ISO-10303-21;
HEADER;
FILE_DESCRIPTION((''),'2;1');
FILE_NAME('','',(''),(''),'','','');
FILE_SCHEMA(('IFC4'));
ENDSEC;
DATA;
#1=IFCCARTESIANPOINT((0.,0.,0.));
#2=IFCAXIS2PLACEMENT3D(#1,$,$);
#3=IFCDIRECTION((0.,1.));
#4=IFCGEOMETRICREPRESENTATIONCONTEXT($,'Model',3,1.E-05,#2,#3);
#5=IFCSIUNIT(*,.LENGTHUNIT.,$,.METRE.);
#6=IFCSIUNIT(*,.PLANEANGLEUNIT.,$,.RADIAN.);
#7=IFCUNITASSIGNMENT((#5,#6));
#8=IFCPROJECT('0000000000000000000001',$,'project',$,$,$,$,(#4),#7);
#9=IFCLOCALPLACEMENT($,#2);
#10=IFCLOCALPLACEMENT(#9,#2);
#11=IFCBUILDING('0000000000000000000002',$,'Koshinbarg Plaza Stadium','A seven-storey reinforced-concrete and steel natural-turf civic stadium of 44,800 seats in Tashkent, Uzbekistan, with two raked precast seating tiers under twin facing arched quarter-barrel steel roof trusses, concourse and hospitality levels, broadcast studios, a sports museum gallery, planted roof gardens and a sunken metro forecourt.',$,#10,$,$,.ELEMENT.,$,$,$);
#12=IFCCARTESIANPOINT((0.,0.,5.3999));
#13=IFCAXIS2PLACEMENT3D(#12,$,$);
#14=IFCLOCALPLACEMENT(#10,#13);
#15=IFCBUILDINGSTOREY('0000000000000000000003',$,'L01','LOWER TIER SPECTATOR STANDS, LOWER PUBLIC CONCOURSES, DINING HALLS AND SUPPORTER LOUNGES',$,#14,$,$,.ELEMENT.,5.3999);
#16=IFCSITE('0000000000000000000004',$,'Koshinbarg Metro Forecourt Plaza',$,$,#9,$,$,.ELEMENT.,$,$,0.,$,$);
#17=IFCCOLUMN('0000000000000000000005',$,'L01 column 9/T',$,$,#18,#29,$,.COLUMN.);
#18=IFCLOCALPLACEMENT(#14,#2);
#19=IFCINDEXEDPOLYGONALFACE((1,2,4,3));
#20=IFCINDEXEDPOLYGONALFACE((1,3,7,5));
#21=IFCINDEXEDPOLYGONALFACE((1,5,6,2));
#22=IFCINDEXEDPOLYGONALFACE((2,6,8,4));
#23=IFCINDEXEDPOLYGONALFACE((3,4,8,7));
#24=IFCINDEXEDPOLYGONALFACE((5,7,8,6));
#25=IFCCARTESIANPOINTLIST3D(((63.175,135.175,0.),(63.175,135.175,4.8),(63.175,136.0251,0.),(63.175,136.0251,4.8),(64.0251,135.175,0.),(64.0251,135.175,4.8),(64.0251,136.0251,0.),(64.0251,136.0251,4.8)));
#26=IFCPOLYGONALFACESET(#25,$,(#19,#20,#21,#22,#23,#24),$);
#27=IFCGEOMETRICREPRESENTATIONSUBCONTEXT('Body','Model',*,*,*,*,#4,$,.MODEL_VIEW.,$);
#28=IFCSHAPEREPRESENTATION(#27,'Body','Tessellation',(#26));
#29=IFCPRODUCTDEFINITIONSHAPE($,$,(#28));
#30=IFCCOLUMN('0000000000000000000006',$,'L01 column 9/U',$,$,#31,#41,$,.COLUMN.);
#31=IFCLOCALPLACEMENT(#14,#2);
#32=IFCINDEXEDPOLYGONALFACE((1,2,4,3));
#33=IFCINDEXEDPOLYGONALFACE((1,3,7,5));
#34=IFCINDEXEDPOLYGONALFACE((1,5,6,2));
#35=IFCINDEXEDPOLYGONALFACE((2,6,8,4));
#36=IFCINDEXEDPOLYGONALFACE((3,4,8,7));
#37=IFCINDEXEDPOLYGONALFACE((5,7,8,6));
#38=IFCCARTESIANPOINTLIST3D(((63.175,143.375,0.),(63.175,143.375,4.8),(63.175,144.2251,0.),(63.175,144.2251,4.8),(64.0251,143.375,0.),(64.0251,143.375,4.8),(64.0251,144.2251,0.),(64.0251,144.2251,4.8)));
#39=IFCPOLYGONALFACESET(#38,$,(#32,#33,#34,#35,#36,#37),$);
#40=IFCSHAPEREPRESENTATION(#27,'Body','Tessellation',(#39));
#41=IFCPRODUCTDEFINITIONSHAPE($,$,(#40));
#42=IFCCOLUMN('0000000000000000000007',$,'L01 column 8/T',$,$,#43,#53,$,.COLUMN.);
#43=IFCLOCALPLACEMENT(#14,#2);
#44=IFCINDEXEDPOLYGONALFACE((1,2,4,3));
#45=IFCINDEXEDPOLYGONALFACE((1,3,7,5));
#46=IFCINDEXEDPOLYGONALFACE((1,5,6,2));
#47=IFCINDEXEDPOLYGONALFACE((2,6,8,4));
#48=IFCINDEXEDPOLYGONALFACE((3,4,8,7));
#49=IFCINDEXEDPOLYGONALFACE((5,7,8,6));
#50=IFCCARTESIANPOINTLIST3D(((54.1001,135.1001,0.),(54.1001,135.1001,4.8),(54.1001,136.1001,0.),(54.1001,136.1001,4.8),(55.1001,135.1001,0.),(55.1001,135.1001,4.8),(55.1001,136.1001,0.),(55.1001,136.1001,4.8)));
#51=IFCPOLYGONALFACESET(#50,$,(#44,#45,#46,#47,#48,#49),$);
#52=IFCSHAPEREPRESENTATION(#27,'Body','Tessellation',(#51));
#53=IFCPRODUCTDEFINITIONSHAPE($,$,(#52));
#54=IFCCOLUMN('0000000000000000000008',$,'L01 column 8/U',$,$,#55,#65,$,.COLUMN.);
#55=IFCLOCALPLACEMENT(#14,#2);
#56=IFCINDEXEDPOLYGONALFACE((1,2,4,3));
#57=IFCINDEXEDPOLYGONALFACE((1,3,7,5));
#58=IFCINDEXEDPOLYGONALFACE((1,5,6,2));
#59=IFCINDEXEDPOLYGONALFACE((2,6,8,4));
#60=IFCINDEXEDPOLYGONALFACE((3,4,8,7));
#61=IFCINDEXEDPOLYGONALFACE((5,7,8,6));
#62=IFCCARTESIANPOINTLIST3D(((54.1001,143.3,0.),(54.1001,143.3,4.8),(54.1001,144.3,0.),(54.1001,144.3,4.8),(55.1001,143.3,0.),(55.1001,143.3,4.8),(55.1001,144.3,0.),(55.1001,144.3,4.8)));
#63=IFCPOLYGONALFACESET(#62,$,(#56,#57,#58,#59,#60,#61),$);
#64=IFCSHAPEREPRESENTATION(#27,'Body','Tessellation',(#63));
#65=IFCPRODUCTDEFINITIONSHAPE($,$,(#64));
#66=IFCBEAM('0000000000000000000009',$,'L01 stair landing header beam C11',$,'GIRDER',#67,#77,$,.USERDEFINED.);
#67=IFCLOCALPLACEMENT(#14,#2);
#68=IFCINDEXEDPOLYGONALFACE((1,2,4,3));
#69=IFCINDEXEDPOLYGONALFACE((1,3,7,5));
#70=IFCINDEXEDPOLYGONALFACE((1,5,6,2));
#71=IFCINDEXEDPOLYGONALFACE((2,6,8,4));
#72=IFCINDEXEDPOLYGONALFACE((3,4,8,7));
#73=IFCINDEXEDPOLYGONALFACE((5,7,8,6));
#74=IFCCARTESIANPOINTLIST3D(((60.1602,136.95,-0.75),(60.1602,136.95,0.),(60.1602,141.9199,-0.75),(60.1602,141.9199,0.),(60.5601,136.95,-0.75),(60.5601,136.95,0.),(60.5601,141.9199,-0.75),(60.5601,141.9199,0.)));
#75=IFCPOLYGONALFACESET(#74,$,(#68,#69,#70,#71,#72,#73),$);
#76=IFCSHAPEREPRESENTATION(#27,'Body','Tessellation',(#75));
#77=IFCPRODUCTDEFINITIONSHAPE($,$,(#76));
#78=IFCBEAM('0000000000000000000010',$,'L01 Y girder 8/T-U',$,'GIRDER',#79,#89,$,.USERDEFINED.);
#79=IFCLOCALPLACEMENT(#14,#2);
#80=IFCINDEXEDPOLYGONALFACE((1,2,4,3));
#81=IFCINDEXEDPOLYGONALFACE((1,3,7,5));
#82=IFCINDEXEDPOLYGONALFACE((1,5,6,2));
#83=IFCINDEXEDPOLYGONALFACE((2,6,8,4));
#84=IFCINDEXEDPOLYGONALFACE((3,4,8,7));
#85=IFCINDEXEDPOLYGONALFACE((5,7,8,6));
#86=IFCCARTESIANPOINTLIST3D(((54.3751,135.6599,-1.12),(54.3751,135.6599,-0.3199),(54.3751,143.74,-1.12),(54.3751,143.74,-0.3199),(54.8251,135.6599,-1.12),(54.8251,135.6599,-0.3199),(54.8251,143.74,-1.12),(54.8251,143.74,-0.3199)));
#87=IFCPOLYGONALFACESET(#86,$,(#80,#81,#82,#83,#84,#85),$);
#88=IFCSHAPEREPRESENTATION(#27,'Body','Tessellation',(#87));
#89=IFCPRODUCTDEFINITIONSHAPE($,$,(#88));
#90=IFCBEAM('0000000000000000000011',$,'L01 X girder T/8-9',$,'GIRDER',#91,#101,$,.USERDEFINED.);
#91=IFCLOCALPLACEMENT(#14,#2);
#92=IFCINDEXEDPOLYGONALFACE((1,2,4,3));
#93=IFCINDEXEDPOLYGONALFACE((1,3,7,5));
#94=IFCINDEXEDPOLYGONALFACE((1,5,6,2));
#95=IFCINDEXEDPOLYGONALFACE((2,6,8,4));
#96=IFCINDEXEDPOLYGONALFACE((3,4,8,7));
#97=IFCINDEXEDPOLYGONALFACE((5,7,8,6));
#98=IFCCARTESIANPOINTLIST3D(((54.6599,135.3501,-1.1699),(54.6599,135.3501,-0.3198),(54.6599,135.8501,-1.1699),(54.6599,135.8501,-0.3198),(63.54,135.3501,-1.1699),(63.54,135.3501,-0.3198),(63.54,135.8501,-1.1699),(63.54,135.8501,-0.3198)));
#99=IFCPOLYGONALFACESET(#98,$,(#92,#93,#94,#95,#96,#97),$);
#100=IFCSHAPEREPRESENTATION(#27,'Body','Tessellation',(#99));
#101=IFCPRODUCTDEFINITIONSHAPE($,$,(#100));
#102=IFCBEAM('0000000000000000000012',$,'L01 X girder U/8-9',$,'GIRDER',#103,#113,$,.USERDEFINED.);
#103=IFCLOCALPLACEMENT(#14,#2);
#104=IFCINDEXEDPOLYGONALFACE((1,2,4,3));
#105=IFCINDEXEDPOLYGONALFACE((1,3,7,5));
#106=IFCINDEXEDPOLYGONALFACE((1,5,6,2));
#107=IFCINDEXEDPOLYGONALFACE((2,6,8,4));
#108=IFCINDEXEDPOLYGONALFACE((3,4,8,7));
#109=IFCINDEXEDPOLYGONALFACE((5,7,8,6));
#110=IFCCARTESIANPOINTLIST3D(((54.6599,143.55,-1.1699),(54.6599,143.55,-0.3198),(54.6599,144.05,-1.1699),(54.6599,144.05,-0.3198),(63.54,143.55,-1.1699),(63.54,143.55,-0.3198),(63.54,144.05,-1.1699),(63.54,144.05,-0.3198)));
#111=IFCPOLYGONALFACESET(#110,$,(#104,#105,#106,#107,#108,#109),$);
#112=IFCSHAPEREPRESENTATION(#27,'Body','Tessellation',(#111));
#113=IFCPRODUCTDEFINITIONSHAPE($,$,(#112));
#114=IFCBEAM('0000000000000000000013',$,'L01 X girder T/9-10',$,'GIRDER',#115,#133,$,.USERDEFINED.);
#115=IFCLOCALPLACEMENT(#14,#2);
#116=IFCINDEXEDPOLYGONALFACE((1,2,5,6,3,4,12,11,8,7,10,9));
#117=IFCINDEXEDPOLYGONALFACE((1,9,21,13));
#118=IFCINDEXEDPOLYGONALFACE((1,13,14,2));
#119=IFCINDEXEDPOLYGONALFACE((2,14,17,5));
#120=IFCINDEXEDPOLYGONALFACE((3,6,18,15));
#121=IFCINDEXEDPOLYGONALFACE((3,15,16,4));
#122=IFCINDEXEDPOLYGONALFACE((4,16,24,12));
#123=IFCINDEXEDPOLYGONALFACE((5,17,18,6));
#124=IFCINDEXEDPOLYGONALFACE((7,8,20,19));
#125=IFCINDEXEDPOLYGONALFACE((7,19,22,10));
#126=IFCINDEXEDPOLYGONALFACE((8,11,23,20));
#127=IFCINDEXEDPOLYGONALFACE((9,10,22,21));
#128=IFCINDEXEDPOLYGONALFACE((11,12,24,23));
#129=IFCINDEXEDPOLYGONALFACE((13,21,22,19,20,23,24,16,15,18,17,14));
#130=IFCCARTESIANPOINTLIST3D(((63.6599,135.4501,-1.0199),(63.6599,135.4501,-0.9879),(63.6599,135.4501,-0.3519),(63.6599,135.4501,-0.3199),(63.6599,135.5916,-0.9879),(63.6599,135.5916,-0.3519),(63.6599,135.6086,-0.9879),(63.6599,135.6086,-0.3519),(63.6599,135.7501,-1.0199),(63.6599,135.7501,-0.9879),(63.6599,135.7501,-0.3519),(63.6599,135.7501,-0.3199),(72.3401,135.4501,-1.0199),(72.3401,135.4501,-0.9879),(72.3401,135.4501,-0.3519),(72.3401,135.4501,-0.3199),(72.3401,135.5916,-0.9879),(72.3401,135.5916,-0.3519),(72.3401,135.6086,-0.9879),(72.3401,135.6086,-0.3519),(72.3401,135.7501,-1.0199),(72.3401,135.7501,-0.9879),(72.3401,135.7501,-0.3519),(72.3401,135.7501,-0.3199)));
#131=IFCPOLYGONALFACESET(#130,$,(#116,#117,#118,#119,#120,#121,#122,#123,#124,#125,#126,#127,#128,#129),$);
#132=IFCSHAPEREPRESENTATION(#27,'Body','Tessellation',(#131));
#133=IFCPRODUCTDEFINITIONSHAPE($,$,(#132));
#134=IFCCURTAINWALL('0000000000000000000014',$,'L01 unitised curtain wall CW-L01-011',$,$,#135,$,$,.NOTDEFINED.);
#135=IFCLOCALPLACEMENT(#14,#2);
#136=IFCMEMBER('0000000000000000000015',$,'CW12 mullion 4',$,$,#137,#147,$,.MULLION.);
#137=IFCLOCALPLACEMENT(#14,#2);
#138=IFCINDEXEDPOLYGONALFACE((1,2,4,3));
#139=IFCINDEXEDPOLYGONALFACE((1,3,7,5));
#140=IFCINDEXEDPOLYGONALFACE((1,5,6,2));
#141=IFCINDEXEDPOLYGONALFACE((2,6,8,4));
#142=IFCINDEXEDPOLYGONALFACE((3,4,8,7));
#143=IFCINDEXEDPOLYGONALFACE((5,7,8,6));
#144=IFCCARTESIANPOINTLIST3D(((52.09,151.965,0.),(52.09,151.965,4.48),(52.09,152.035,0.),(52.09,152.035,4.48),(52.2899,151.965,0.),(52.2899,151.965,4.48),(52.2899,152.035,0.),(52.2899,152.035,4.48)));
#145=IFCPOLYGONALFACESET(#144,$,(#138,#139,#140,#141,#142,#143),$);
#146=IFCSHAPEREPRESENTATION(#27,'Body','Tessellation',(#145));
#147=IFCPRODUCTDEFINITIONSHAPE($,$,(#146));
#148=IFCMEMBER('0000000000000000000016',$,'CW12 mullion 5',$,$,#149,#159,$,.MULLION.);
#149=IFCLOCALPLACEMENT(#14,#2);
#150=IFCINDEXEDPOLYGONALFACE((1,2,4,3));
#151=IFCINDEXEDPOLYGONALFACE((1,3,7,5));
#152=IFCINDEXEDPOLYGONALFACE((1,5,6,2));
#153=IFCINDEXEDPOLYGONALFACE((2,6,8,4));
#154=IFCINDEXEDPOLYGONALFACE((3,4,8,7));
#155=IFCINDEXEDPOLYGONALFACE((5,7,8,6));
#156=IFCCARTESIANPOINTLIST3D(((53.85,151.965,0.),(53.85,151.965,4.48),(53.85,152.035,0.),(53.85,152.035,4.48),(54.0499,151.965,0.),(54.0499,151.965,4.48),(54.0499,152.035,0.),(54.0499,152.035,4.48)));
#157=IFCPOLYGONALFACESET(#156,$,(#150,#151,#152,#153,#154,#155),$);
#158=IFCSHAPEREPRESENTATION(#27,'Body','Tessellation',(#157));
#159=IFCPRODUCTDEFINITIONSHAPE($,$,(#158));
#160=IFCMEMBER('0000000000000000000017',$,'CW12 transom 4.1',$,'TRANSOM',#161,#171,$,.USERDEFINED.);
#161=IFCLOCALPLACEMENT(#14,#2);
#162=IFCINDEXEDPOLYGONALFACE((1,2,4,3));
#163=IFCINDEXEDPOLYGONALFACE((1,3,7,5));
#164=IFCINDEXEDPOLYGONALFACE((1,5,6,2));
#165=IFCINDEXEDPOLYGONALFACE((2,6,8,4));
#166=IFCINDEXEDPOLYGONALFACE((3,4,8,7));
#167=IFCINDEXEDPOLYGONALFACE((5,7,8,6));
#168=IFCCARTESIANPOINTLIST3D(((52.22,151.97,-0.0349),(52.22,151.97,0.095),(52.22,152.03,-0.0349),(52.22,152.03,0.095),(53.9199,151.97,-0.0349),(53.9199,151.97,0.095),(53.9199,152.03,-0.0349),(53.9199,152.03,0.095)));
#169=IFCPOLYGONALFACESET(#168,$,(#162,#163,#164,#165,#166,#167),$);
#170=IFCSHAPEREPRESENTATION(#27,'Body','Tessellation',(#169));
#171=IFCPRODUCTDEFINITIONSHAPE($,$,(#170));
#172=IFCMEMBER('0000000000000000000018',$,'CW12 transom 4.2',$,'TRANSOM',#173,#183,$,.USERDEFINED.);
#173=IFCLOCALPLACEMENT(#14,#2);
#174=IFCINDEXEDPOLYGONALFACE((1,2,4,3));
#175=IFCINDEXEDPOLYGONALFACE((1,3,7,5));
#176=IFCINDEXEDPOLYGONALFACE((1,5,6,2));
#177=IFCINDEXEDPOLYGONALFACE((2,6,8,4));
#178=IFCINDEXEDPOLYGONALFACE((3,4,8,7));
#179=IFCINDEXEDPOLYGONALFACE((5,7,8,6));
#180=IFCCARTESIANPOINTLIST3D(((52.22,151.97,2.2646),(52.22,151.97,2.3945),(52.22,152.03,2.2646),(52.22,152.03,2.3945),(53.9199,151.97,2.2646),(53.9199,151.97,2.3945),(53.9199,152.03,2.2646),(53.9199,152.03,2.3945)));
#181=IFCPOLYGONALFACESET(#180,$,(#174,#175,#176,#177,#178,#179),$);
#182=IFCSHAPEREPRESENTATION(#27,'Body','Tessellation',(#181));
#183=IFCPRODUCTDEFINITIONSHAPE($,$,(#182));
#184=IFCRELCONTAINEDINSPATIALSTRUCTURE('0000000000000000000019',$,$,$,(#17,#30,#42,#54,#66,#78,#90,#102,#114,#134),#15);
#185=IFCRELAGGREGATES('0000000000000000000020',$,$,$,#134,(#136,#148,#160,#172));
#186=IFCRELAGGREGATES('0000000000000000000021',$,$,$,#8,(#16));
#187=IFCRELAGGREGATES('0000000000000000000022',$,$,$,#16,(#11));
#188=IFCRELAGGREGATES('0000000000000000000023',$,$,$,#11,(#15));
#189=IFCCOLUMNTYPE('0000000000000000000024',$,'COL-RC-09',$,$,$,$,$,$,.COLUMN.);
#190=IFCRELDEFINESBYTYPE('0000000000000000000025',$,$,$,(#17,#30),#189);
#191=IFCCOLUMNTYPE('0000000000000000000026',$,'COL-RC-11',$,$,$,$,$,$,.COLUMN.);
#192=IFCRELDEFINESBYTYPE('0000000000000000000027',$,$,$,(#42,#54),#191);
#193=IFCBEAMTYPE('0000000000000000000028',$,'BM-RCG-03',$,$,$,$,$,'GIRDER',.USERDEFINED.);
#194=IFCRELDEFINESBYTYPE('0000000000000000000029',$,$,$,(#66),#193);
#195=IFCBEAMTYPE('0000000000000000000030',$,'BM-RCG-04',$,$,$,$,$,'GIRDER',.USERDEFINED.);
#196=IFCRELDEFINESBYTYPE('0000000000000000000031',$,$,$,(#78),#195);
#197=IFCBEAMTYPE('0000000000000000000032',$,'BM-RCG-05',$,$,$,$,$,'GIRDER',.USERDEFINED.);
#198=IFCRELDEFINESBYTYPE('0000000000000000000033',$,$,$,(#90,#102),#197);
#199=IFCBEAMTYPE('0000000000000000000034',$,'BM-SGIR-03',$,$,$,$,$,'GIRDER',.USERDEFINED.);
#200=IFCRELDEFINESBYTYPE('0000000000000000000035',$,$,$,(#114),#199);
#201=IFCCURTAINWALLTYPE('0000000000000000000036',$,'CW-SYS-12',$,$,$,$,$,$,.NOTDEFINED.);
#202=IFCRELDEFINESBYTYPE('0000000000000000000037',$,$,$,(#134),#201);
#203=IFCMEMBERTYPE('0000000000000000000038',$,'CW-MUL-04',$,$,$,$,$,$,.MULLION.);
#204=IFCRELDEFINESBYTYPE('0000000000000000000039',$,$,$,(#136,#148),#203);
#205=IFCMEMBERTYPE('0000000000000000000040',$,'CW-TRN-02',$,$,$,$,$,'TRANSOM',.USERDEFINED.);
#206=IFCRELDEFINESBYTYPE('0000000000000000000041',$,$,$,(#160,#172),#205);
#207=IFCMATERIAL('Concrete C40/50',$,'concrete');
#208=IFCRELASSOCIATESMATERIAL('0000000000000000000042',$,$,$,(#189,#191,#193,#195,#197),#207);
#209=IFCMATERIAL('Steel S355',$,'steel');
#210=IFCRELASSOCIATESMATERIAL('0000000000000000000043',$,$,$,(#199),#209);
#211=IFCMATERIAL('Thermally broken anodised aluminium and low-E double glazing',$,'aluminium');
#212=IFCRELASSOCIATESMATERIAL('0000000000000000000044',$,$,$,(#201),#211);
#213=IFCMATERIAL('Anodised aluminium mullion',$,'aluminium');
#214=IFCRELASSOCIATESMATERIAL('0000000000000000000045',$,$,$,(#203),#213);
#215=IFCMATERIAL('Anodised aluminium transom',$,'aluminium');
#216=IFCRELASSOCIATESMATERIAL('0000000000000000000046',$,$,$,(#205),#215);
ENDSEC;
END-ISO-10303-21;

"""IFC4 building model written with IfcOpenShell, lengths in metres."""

from ifc_helpers import new_model, si_unit, direction, frame, origin, origin_2d, place, context, subcontext, project, spatial, rectangle, i_section, extrude, material, material_profile, profile_set, type_object, element, aggregate, save


model = new_model("IFC4")

# Units and contexts
model_context = context("Model", 3, precision=1e-05, world=origin(), true_north=direction((0.0, 1.0)))
body_context = subcontext(model_context, "Body", "Model", "MODEL_VIEW")
ifc_project = project(units=[si_unit("LENGTHUNIT", "METRE"), si_unit("PLANEANGLEUNIT", "RADIAN")], contexts=[model_context])

# Site, building, storey
site_placement = place(None, origin())
site = spatial("IfcSite", under=ifc_project, at=site_placement, Name="Koshinbarg Metro Forecourt Plaza", CompositionType="ELEMENT", RefElevation=0.0)
building_placement = place(site_placement, origin())
building = spatial("IfcBuilding", under=site, at=building_placement, Name="Koshinbarg Plaza Stadium", Description="A seven-storey reinforced-concrete and steel natural-turf civic stadium of 44,800 seats in Tashkent, Uzbekistan, with two raked precast seating tiers under twin facing arched quarter-barrel steel roof trusses, concourse and hospitality levels, broadcast studios, a sports museum gallery, planted roof gardens and a sunken metro forecourt.", CompositionType="ELEMENT")
storey_placement = place(building_placement, frame((0.0, 0.0, 5.3999)))
storey = spatial("IfcBuildingStorey", under=building, at=storey_placement, Name="L01", Description="LOWER TIER SPECTATOR STANDS, LOWER PUBLIC CONCOURSES, DINING HALLS AND SUPPORTER LOUNGES", CompositionType="ELEMENT", Elevation=5.3999)

# Columns
ifc_material_1 = material(Name="Concrete C40/50", Category="concrete")
ifc_material_profile_1 = material_profile(ifc_material_1, rectangle(XDim=0.8501, YDim=0.8501, at=origin_2d()), Name="RC 850x850")
ifc_profile_set_1 = profile_set([ifc_material_profile_1], Name="Concrete C40/50")
column_type_1 = type_object("IfcColumnType", Name="COL-RC-09", PredefinedType="COLUMN", material=ifc_profile_set_1)
for number, where, z_axis, x_axis, name in (
    (1, (63.6001, 135.6001, 0.0), (0.0, 0.0, 1.0), (1.0, 0.0, 0.0), "L01 column 9/T"),
    (2, (63.6001, 143.8, 0.0), (0.0, 0.0, 1.0), (1.0, 0.0, 0.0), "L01 column 9/U"),
):
    element("IfcColumn", number, at=place(storey_placement, frame(where, z_axis=z_axis, x_axis=x_axis)), inside=storey, type_object=column_type_1, Name=name, PredefinedType="COLUMN", context=body_context, shape_type="SweptSolid", body=[
        extrude(rectangle(XDim=0.8501, YDim=0.8501, at=origin_2d()), origin(), (0.0, 0.0, 1.0), 4.8),
    ])
ifc_material_profile_2 = material_profile(ifc_material_1, rectangle(XDim=1.0, YDim=1.0, at=origin_2d()), Name="RC 1000x1000")
ifc_profile_set_2 = profile_set([ifc_material_profile_2], Name="Concrete C40/50")
column_type_2 = type_object("IfcColumnType", Name="COL-RC-11", PredefinedType="COLUMN", material=ifc_profile_set_2)
for number, where, z_axis, x_axis, name in (
    (3, (54.6001, 135.6001, 0.0), (0.0, 0.0, 1.0), (1.0, 0.0, 0.0), "L01 column 8/T"),
    (4, (54.6001, 143.8, 0.0), (0.0, 0.0, 1.0), (1.0, 0.0, 0.0), "L01 column 8/U"),
):
    element("IfcColumn", number, at=place(storey_placement, frame(where, z_axis=z_axis, x_axis=x_axis)), inside=storey, type_object=column_type_2, Name=name, PredefinedType="COLUMN", context=body_context, shape_type="SweptSolid", body=[
        extrude(rectangle(XDim=1.0, YDim=1.0, at=origin_2d()), origin(), (0.0, 0.0, 1.0), 4.8),
    ])

# Beams
ifc_material_profile_3 = material_profile(ifc_material_1, rectangle(XDim=0.3999, YDim=0.75, at=origin_2d()), Name="RC 400x750")
ifc_profile_set_3 = profile_set([ifc_material_profile_3], Name="Concrete C40/50")
beam_type_1 = type_object("IfcBeamType", Name="BM-RCG-03", ElementType="GIRDER", PredefinedType="USERDEFINED", material=ifc_profile_set_3)
beam_1_placement = place(storey_placement, frame((60.3601, 136.95, -0.375), z_axis=(0.0, 1.0, 0.0), x_axis=(-1.0, 0.0, 0.0)))
element("IfcBeam", 5, at=beam_1_placement, inside=storey, type_object=beam_type_1, Name="L01 stair landing header beam C11", ObjectType="GIRDER", PredefinedType="USERDEFINED", context=body_context, shape_type="SweptSolid", body=[
    extrude(rectangle(XDim=0.3999, YDim=0.75, at=origin_2d()), origin(), (0.0, 0.0, 1.0), 4.97),
])
ifc_material_profile_4 = material_profile(ifc_material_1, rectangle(XDim=0.45, YDim=0.8, at=origin_2d()), Name="RC 450x800")
ifc_profile_set_4 = profile_set([ifc_material_profile_4], Name="Concrete C40/50")
beam_type_2 = type_object("IfcBeamType", Name="BM-RCG-04", ElementType="GIRDER", PredefinedType="USERDEFINED", material=ifc_profile_set_4)
beam_2_placement = place(storey_placement, frame((54.6001, 135.6599, -0.72), z_axis=(0.0, 1.0, 0.0), x_axis=(-1.0, 0.0, 0.0)))
element("IfcBeam", 6, at=beam_2_placement, inside=storey, type_object=beam_type_2, Name="L01 Y girder 8/T-U", ObjectType="GIRDER", PredefinedType="USERDEFINED", context=body_context, shape_type="SweptSolid", body=[
    extrude(rectangle(XDim=0.45, YDim=0.8, at=origin_2d()), origin(), (0.0, 0.0, 1.0), 8.0801),
])
ifc_material_profile_5 = material_profile(ifc_material_1, rectangle(XDim=0.5, YDim=0.8501, at=origin_2d()), Name="RC 500x850")
ifc_profile_set_5 = profile_set([ifc_material_profile_5], Name="Concrete C40/50")
beam_type_3 = type_object("IfcBeamType", Name="BM-RCG-05", ElementType="GIRDER", PredefinedType="USERDEFINED", material=ifc_profile_set_5)
for number, where, z_axis, x_axis, name in (
    (7, (54.6599, 135.6001, -0.7449), (1.0, 0.0, 0.0), (0.0, 1.0, 0.0), "L01 X girder T/8-9"),
    (8, (54.6599, 143.8, -0.7449), (1.0, 0.0, 0.0), (0.0, 1.0, 0.0), "L01 X girder U/8-9"),
):
    element("IfcBeam", number, at=place(storey_placement, frame(where, z_axis=z_axis, x_axis=x_axis)), inside=storey, type_object=beam_type_3, Name=name, ObjectType="GIRDER", PredefinedType="USERDEFINED", context=body_context, shape_type="SweptSolid", body=[
        extrude(rectangle(XDim=0.5, YDim=0.8501, at=origin_2d()), origin(), (0.0, 0.0, 1.0), 8.8801),
    ])
ifc_material_2 = material(Name="Steel S355", Category="steel")
ifc_material_profile_6 = material_profile(ifc_material_2, i_section(OverallWidth=0.3, OverallDepth=0.7, WebThickness=0.0171, FlangeThickness=0.032, at=origin_2d()), Name="HEB 700")
ifc_profile_set_6 = profile_set([ifc_material_profile_6], Name="Steel S355")
beam_type_4 = type_object("IfcBeamType", Name="BM-SGIR-03", ElementType="GIRDER", PredefinedType="USERDEFINED", material=ifc_profile_set_6)
beam_3_placement = place(storey_placement, frame((63.6599, 135.6001, -0.6699), z_axis=(1.0, 0.0, 0.0), x_axis=(0.0, 1.0, 0.0)))
element("IfcBeam", 9, at=beam_3_placement, inside=storey, type_object=beam_type_4, Name="L01 X girder T/9-10", ObjectType="GIRDER", PredefinedType="USERDEFINED", context=body_context, shape_type="SweptSolid", body=[
    extrude(i_section(OverallWidth=0.3, OverallDepth=0.7, WebThickness=0.0171, FlangeThickness=0.032, at=origin_2d()), origin(), (0.0, 0.0, 1.0), 8.6802),
])

# Curtain wall, members
ifc_material_3 = material(Name="Thermally broken anodised aluminium and low-E double glazing", Category="aluminium")
curtain_wall_type = type_object("IfcCurtainWallType", Name="CW-SYS-12", PredefinedType="NOTDEFINED", material=ifc_material_3)
curtain_wall_placement = place(storey_placement, origin())
curtain_wall = element("IfcCurtainWall", 10, at=curtain_wall_placement, inside=storey, type_object=curtain_wall_type, Name="L01 unitised curtain wall CW-L01-011", PredefinedType="NOTDEFINED")
ifc_material_4 = material(Name="Anodised aluminium mullion", Category="aluminium")
ifc_material_profile_7 = material_profile(ifc_material_4, rectangle(XDim=0.0701, YDim=0.2, at=origin_2d()), Name="ALU 70x200")
ifc_profile_set_7 = profile_set([ifc_material_profile_7], Name="Anodised aluminium mullion")
member_type_1 = type_object("IfcMemberType", Name="CW-MUL-04", PredefinedType="MULLION", material=ifc_profile_set_7)
member_1_placement = place(storey_placement, frame((52.1899, 152.0, 0.0), z_axis=(0.0, 0.0, 1.0), x_axis=(0.0, 1.0, 0.0)))
member_1 = element("IfcMember", 11, at=member_1_placement, type_object=member_type_1, Name="CW12 mullion 4", PredefinedType="MULLION", context=body_context, shape_type="SweptSolid", body=[
    extrude(rectangle(XDim=0.0701, YDim=0.2, at=origin_2d()), origin(), (0.0, 0.0, 1.0), 4.48),
])
member_2_placement = place(storey_placement, frame((53.95, 152.0, 0.0), z_axis=(0.0, 0.0, 1.0), x_axis=(0.0, 1.0, 0.0)))
member_2 = element("IfcMember", 12, at=member_2_placement, type_object=member_type_1, Name="CW12 mullion 5", PredefinedType="MULLION", context=body_context, shape_type="SweptSolid", body=[
    extrude(rectangle(XDim=0.0701, YDim=0.2, at=origin_2d()), origin(), (0.0, 0.0, 1.0), 4.48),
])
ifc_material_5 = material(Name="Anodised aluminium transom", Category="aluminium")
ifc_material_profile_8 = material_profile(ifc_material_5, rectangle(XDim=0.0601, YDim=0.1299, at=origin_2d()), Name="ALU 60x130")
ifc_profile_set_8 = profile_set([ifc_material_profile_8], Name="Anodised aluminium transom")
member_type_2 = type_object("IfcMemberType", Name="CW-TRN-02", ElementType="TRANSOM", PredefinedType="USERDEFINED", material=ifc_profile_set_8)
member_3_placement = place(storey_placement, frame((52.22, 152.0, 0.03), z_axis=(1.0, 0.0, 0.0), x_axis=(0.0, 1.0, 0.0)))
member_3 = element("IfcMember", 13, at=member_3_placement, type_object=member_type_2, Name="CW12 transom 4.1", ObjectType="TRANSOM", PredefinedType="USERDEFINED", context=body_context, shape_type="SweptSolid", body=[
    extrude(rectangle(XDim=0.0601, YDim=0.1299, at=origin_2d()), origin(), (0.0, 0.0, 1.0), 1.7),
])
member_4_placement = place(storey_placement, frame((52.22, 152.0, 2.3296), z_axis=(1.0, 0.0, 0.0), x_axis=(0.0, 1.0, 0.0)))
member_4 = element("IfcMember", 14, at=member_4_placement, type_object=member_type_2, Name="CW12 transom 4.2", ObjectType="TRANSOM", PredefinedType="USERDEFINED", context=body_context, shape_type="SweptSolid", body=[
    extrude(rectangle(XDim=0.0601, YDim=0.1299, at=origin_2d()), origin(), (0.0, 0.0, 1.0), 1.7),
])
aggregate(curtain_wall, [member_1, member_2, member_3, member_4])

save(model, "model.ifc")
